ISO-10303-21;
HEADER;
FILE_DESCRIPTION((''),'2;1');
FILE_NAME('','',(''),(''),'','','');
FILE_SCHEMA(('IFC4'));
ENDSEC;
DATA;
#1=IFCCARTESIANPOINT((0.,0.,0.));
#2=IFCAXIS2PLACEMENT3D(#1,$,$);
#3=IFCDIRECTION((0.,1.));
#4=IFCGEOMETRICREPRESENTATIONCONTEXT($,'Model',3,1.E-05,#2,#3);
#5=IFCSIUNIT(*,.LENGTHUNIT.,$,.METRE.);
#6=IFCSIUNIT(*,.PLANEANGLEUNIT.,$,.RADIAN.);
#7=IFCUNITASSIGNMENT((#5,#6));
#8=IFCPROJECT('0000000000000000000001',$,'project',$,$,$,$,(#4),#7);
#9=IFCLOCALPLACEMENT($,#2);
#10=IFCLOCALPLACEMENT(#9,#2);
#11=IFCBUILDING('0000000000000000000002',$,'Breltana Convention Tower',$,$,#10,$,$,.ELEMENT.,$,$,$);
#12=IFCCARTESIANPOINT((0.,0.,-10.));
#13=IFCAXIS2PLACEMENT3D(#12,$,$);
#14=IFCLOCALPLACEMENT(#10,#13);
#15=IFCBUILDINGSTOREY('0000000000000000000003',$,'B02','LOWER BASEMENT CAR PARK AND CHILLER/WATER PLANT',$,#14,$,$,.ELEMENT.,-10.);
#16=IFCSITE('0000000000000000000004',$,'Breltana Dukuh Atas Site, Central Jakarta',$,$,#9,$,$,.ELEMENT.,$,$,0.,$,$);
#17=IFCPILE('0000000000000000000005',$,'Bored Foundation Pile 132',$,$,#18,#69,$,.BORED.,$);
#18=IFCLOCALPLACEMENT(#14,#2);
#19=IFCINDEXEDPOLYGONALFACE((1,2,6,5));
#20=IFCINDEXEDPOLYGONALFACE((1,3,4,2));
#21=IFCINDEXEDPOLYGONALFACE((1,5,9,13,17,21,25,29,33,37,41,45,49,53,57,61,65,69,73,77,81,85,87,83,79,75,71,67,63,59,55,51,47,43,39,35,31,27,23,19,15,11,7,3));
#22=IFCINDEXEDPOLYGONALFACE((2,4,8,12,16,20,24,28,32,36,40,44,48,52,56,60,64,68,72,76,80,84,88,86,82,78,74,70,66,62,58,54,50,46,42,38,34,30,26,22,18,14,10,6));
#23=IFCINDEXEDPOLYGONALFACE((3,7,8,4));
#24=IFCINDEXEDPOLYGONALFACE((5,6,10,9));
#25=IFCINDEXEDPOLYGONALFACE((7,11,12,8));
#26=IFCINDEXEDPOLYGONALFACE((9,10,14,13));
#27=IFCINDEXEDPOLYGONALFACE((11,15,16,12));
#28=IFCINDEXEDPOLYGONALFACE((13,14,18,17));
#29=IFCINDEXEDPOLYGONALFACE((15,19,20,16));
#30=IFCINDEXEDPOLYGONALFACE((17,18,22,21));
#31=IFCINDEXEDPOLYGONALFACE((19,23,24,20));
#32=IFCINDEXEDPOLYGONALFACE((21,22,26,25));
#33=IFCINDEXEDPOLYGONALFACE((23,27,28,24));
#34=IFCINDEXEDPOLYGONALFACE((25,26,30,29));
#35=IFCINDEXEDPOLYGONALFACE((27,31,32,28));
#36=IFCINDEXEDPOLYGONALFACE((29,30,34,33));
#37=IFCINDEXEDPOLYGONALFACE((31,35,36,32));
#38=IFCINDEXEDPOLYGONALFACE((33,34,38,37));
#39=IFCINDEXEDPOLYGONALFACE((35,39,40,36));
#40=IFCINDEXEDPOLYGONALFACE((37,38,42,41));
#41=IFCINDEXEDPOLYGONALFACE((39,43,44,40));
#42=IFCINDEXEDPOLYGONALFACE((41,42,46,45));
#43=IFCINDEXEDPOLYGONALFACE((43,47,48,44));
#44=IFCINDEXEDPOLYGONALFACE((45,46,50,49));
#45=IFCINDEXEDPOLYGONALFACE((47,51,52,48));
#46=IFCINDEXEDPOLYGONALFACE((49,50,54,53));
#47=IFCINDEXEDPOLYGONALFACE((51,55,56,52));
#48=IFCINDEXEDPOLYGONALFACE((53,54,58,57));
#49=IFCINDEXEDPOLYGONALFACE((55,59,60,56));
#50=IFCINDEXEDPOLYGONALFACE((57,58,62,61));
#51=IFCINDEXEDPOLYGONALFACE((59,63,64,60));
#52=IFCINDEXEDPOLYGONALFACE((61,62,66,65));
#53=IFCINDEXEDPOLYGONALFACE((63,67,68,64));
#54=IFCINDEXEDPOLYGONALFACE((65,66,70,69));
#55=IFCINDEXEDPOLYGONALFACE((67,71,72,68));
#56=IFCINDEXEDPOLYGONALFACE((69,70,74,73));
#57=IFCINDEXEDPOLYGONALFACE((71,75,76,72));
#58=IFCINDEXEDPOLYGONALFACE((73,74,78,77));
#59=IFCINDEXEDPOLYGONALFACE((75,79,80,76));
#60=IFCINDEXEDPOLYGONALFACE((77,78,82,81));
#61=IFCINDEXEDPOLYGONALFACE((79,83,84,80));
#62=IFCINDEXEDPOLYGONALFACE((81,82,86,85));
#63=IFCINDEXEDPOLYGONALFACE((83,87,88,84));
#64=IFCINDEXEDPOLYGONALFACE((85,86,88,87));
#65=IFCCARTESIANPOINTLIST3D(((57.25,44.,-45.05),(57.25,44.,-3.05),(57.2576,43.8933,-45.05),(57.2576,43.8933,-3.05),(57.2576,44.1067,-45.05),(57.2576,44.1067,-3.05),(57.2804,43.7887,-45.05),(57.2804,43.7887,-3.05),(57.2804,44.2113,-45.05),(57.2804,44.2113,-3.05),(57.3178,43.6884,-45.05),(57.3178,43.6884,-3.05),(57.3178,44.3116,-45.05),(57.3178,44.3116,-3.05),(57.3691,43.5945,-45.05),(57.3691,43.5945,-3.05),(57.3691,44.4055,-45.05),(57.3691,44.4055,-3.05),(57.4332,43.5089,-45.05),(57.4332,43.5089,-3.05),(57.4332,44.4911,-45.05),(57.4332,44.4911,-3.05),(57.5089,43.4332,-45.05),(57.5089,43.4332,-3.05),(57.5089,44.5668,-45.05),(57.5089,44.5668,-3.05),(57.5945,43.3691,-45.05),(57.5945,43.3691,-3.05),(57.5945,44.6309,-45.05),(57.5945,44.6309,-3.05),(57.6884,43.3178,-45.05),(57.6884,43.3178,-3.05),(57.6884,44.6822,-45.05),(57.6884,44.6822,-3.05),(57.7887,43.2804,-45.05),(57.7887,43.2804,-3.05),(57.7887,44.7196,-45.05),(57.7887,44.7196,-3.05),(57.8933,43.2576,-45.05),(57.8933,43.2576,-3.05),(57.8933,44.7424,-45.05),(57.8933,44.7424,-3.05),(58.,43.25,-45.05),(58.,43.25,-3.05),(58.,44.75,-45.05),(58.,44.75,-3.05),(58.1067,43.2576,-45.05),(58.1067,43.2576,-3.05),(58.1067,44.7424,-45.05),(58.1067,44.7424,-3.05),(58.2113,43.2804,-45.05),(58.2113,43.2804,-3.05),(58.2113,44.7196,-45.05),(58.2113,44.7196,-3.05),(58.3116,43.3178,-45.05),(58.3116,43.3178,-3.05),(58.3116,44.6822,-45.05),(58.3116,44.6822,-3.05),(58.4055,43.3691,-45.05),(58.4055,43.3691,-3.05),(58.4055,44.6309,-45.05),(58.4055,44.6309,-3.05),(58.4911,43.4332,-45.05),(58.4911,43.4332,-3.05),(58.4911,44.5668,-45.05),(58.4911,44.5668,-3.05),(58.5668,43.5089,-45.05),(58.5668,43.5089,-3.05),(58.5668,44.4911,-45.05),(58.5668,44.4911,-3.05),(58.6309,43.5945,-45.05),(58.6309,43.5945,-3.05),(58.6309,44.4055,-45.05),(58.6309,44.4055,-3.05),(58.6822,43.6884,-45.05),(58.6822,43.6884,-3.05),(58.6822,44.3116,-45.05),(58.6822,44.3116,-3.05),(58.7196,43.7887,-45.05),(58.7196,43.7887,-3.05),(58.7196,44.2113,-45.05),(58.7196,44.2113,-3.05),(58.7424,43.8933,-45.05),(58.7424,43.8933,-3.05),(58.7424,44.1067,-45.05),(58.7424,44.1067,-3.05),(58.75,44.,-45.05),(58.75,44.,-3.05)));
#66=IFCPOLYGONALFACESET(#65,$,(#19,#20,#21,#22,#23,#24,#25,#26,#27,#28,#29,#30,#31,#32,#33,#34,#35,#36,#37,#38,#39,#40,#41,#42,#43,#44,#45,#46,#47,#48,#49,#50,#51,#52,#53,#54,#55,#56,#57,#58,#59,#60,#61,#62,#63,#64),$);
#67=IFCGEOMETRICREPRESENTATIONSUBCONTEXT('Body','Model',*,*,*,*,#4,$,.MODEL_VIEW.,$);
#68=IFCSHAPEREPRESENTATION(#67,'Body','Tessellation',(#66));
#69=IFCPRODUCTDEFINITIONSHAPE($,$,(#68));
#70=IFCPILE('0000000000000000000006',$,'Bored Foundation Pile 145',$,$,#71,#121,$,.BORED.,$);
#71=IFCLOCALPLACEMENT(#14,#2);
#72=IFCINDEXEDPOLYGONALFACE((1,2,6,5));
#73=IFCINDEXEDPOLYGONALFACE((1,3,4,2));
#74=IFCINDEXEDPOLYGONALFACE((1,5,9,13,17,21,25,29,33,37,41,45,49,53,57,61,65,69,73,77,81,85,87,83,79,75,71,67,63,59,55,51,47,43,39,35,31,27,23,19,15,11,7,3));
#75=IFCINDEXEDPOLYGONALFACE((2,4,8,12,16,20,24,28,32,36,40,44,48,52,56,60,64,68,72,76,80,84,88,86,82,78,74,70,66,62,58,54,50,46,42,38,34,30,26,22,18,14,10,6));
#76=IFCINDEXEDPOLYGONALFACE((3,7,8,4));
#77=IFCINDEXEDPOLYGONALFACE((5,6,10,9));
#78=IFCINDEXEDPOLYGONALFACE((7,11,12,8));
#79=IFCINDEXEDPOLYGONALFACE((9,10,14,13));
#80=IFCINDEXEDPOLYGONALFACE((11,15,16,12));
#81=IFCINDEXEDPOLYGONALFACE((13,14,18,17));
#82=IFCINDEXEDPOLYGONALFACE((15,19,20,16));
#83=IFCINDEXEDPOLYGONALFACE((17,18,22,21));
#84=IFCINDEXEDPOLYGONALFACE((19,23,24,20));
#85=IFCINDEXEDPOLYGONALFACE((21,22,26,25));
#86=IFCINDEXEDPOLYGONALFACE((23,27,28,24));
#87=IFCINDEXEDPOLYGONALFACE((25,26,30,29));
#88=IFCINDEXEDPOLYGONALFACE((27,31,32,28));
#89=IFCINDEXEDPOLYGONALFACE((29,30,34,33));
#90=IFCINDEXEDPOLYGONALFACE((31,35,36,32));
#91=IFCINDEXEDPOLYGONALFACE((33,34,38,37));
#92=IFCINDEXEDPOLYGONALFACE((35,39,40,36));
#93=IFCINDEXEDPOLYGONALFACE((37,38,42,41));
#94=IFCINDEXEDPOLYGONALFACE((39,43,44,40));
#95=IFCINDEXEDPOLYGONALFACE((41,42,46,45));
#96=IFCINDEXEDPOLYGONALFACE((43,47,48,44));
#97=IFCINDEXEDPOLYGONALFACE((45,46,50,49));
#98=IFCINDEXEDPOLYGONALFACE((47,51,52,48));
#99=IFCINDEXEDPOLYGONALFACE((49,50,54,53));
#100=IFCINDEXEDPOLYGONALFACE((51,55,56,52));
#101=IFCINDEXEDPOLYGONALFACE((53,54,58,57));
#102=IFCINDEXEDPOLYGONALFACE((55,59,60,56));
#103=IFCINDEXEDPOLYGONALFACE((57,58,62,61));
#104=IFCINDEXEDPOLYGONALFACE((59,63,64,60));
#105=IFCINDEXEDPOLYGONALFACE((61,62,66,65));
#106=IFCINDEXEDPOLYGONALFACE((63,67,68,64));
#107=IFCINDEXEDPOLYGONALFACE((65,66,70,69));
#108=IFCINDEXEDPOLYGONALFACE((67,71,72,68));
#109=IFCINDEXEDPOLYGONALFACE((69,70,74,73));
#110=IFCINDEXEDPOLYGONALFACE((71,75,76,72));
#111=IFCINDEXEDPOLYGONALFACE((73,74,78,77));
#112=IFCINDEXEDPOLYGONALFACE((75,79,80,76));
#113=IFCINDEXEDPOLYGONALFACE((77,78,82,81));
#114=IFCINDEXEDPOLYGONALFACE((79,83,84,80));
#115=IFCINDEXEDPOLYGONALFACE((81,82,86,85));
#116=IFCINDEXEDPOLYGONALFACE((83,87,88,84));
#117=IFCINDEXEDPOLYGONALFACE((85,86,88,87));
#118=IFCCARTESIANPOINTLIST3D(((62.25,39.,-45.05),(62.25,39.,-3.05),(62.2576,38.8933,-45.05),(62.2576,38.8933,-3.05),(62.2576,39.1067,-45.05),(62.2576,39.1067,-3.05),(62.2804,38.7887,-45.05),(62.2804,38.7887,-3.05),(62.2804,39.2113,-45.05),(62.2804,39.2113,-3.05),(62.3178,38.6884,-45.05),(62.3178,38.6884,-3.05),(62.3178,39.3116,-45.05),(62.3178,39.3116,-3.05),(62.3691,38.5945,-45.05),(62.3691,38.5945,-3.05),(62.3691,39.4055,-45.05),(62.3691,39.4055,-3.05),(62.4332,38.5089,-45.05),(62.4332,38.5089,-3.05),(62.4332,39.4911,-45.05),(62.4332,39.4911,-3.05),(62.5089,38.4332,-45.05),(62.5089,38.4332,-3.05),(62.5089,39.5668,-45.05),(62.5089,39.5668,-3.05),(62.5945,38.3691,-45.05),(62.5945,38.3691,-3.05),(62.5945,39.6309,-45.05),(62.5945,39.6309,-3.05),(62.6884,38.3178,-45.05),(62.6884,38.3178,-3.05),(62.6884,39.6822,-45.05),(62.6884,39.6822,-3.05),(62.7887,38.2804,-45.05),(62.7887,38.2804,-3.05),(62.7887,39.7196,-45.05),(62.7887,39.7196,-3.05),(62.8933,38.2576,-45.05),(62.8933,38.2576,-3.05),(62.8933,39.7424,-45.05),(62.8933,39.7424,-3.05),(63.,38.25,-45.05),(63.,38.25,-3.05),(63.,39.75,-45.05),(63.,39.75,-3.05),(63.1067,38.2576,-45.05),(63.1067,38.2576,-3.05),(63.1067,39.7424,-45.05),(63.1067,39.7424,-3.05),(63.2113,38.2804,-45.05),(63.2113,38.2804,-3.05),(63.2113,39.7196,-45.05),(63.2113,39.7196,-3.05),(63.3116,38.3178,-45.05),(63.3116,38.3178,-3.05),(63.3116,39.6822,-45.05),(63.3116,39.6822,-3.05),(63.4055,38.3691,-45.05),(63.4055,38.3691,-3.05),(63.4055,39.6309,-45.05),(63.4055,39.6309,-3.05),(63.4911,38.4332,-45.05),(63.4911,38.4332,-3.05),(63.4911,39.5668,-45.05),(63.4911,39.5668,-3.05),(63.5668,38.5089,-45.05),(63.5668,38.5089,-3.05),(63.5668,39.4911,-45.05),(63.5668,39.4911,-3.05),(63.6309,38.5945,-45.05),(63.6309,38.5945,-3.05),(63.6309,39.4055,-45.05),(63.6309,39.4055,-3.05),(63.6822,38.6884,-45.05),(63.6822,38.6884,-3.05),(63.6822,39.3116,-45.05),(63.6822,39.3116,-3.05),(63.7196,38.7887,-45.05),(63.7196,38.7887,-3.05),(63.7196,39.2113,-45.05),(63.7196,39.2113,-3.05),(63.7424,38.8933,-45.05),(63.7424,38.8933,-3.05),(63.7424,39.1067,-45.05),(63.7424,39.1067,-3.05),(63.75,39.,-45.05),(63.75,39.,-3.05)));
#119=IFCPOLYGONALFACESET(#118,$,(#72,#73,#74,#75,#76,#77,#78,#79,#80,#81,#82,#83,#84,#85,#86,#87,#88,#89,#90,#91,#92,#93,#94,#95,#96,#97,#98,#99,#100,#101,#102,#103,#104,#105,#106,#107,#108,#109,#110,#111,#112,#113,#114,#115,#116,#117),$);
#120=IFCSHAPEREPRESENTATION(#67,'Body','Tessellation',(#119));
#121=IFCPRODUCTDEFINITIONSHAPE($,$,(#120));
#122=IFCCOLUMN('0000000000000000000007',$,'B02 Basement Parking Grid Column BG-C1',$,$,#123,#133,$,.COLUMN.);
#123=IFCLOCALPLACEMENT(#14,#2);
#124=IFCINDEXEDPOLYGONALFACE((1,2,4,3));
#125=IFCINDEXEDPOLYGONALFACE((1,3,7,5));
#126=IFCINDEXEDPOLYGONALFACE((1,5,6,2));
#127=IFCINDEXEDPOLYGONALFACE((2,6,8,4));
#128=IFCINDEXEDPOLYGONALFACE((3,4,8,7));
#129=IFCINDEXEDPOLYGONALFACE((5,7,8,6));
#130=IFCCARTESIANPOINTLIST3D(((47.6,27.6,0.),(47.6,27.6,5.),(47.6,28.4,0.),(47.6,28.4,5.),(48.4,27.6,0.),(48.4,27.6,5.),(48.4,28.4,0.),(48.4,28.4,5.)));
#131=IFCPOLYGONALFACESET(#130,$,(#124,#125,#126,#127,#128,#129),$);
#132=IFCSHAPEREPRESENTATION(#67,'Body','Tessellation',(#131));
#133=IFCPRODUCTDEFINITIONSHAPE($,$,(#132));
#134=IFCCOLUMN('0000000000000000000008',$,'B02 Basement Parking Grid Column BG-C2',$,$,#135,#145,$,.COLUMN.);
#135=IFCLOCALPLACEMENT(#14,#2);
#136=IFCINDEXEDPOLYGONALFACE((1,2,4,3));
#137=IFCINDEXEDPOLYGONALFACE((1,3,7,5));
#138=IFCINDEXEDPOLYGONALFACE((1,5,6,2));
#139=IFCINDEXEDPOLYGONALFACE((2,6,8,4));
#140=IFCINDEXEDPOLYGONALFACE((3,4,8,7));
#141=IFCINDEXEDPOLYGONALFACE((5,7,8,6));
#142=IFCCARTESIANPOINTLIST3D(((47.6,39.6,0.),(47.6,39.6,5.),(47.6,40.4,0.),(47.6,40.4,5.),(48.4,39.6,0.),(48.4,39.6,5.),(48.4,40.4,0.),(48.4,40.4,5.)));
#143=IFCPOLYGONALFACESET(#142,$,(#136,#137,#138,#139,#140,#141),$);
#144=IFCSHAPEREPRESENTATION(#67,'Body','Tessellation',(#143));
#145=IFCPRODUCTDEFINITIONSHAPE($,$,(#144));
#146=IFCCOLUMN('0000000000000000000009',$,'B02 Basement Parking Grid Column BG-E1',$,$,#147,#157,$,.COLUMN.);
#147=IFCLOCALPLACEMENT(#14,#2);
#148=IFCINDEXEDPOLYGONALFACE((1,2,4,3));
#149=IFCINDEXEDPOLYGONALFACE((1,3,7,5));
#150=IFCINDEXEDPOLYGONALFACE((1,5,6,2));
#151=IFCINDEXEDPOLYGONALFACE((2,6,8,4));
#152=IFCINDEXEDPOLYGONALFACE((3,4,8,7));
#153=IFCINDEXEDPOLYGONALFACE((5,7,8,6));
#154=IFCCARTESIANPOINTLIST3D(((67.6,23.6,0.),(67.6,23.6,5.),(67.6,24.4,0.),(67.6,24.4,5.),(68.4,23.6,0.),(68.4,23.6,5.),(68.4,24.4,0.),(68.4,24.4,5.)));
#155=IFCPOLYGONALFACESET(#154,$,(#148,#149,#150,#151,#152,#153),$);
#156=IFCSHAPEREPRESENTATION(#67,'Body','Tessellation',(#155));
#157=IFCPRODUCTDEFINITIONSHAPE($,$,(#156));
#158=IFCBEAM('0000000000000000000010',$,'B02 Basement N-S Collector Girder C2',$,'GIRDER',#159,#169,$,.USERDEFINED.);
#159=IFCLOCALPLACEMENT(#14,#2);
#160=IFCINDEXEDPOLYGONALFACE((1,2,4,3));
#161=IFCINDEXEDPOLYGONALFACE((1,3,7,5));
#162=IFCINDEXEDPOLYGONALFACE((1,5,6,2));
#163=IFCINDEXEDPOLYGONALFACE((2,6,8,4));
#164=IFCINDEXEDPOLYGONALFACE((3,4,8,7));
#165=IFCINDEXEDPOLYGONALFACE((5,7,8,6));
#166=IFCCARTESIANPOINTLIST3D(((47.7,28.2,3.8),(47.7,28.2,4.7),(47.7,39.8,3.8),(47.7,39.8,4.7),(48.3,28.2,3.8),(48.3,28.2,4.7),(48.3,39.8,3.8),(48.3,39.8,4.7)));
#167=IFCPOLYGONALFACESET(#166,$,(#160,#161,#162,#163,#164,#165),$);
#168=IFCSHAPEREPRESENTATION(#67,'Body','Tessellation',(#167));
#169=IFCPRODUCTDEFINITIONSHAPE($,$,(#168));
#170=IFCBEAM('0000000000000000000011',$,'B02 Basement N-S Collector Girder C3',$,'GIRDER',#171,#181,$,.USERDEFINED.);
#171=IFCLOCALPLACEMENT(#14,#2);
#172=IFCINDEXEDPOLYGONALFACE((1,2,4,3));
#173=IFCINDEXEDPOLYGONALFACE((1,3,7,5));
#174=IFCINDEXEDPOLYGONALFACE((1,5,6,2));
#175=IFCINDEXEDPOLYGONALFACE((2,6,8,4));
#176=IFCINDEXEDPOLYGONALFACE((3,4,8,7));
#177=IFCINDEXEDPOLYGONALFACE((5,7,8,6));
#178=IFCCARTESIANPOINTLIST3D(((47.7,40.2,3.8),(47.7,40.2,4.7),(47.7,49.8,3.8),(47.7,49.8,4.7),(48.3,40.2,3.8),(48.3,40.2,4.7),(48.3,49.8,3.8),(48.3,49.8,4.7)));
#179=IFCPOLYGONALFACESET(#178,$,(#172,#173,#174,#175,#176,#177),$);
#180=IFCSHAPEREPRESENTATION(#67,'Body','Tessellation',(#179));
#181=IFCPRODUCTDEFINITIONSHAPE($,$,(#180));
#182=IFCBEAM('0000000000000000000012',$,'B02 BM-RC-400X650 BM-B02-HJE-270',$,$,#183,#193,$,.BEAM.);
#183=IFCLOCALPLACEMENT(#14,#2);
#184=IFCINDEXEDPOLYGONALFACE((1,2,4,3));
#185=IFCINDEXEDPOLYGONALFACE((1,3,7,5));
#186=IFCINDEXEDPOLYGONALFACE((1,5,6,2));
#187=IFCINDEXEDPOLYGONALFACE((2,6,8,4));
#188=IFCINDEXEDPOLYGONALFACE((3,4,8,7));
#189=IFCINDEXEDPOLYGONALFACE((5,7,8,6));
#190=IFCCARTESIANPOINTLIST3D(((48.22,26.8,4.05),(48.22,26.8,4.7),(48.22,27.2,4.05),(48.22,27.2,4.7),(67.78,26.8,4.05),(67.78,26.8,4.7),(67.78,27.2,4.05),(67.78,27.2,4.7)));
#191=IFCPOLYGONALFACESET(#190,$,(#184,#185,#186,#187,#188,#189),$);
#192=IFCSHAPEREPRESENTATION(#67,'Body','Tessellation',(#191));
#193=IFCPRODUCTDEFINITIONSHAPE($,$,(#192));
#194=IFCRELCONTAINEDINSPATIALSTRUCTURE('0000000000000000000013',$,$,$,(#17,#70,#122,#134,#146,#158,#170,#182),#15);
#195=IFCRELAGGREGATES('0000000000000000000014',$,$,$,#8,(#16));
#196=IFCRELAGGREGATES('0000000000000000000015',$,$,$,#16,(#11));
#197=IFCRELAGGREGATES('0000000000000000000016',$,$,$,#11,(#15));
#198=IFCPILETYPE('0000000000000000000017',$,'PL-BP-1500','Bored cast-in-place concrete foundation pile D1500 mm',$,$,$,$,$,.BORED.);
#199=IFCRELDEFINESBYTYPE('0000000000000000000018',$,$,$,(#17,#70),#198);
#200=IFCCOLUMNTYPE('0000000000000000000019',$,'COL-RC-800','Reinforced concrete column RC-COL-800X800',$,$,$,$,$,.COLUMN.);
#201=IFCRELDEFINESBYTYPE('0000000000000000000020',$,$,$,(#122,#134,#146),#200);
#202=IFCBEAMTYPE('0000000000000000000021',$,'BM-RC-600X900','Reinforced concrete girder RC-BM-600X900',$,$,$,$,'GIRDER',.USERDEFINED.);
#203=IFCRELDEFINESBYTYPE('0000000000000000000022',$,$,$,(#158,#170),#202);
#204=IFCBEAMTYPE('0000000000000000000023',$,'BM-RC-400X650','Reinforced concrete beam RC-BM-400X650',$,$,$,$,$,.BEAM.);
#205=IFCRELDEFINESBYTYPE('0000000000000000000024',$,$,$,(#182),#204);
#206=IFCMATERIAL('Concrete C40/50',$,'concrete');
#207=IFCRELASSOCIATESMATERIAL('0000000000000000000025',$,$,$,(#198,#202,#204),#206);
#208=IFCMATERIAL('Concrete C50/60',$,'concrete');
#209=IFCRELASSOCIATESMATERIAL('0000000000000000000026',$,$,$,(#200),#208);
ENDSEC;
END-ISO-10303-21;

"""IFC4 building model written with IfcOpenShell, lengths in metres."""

from ifc_helpers import new_model, si_unit, direction, frame, origin, origin_2d, place, context, subcontext, project, spatial, rectangle, circle, extrude, source, transform, mapped, material, material_profile, profile_set, type_object, type_shapes, element, save


model = new_model("IFC4")

# Units and contexts
model_context = context("Model", 3, precision=1e-05, world=origin(), true_north=direction((0.0, 1.0)))
body_context = subcontext(model_context, "Body", "Model", "MODEL_VIEW")
ifc_project = project(units=[si_unit("LENGTHUNIT", "METRE"), si_unit("PLANEANGLEUNIT", "RADIAN")], contexts=[model_context])

# Site, building, storey
site_placement = place(None, origin())
site = spatial("IfcSite", under=ifc_project, at=site_placement, Name="Breltana Dukuh Atas Site, Central Jakarta", CompositionType="ELEMENT", RefElevation=0.0)
building_placement = place(site_placement, origin())
building = spatial("IfcBuilding", under=site, at=building_placement, Name="Breltana Convention Tower", CompositionType="ELEMENT")
storey_placement = place(building_placement, frame((0.0, 0.0, -10.0)))
storey = spatial("IfcBuildingStorey", under=building, at=storey_placement, Name="B02", Description="LOWER BASEMENT CAR PARK AND CHILLER/WATER PLANT", CompositionType="ELEMENT", Elevation=-10.0)

# Piles
ifc_material_1 = material(Name="Concrete C40/50", Category="concrete")
ifc_material_profile_1 = material_profile(ifc_material_1, circle(Radius=0.75, at=origin_2d()), Name="BP-D1500")
ifc_profile_set_1 = profile_set([ifc_material_profile_1], Name="Concrete C40/50")
pile_type_1 = type_object("IfcPileType", Name="PL-BP-1500", Description="Bored cast-in-place concrete foundation pile D1500 mm", PredefinedType="BORED", material=ifc_profile_set_1)
shared_shape_1 = source(origin(), body_context, "Body", "SweptSolid", [
    extrude(circle(Radius=0.75, at=origin_2d()), origin(), (0.0, 0.0, 1.0), 42.0),
])
type_shapes(pile_type_1, [shared_shape_1])
for number, where, z_axis, x_axis, name in (
    (1, (58.0, 44.0, -3.05), (0.0, 0.0, -1.0), (1.0, 0.0, 0.0), "Bored Foundation Pile 132"),
    (2, (63.0, 39.0, -3.05), (0.0, 0.0, -1.0), (1.0, 0.0, 0.0), "Bored Foundation Pile 145"),
):
    element("IfcPile", number, at=place(storey_placement, frame(where, z_axis=z_axis, x_axis=x_axis)), inside=storey, type_object=pile_type_1, Name=name, PredefinedType="BORED", context=body_context, shape_type="MappedRepresentation", body=[
        mapped(shared_shape_1, transform((0.0, 0.0, 0.0), scale=1.0)),
    ])

# Columns
ifc_material_2 = material(Name="Concrete C50/60", Category="concrete")
ifc_material_profile_2 = material_profile(ifc_material_2, rectangle(XDim=0.8, YDim=0.8, at=origin_2d()), Name="RC-COL-800X800")
ifc_profile_set_2 = profile_set([ifc_material_profile_2], Name="Concrete C50/60")
column_type = type_object("IfcColumnType", Name="COL-RC-800", Description="Reinforced concrete column RC-COL-800X800", PredefinedType="COLUMN", material=ifc_profile_set_2)
shared_shape_2 = source(origin(), body_context, "Body", "SweptSolid", [
    extrude(rectangle(XDim=0.8, YDim=0.8, at=origin_2d()), origin(), (0.0, 0.0, 1.0), 5.0),
])
type_shapes(column_type, [shared_shape_2])
for number, where, z_axis, x_axis, name in (
    (3, (48.0, 28.0, 0.0), (0.0, 0.0, 1.0), (1.0, 0.0, 0.0), "B02 Basement Parking Grid Column BG-C1"),
    (4, (48.0, 40.0, 0.0), (0.0, 0.0, 1.0), (1.0, 0.0, 0.0), "B02 Basement Parking Grid Column BG-C2"),
    (5, (68.0, 24.0, 0.0), (0.0, 0.0, 1.0), (1.0, 0.0, 0.0), "B02 Basement Parking Grid Column BG-E1"),
):
    element("IfcColumn", number, at=place(storey_placement, frame(where, z_axis=z_axis, x_axis=x_axis)), inside=storey, type_object=column_type, Name=name, PredefinedType="COLUMN", context=body_context, shape_type="MappedRepresentation", body=[
        mapped(shared_shape_2, transform((0.0, 0.0, 0.0), scale=1.0)),
    ])

# Beams
ifc_material_profile_3 = material_profile(ifc_material_1, rectangle(XDim=0.6001, YDim=0.8999, at=origin_2d()), Name="RC-BM-600X900")
ifc_profile_set_3 = profile_set([ifc_material_profile_3], Name="Concrete C40/50")
beam_type_1 = type_object("IfcBeamType", Name="BM-RC-600X900", Description="Reinforced concrete girder RC-BM-600X900", ElementType="GIRDER", PredefinedType="USERDEFINED", material=ifc_profile_set_3)
shared_shape_3 = source(origin(), body_context, "Body", "SweptSolid", [
    extrude(rectangle(XDim=0.6001, YDim=0.8999, at=origin_2d()), origin(), (0.0, 0.0, 1.0), 11.6001),
])
beam_1_placement = place(storey_placement, frame((48.0, 28.2, 4.25), z_axis=(0.0, 1.0, 0.0), x_axis=(-1.0, 0.0, 0.0)))
element("IfcBeam", 6, at=beam_1_placement, inside=storey, type_object=beam_type_1, Name="B02 Basement N-S Collector Girder C2", ObjectType="GIRDER", PredefinedType="USERDEFINED", context=body_context, shape_type="MappedRepresentation", body=[
    mapped(shared_shape_3, transform((0.0, 0.0, 0.0), scale=1.0)),
])
shared_shape_4 = source(origin(), body_context, "Body", "SweptSolid", [
    extrude(rectangle(XDim=0.6001, YDim=0.8999, at=origin_2d()), origin(), (0.0, 0.0, 1.0), 9.6001),
])
beam_2_placement = place(storey_placement, frame((48.0, 40.2, 4.25), z_axis=(0.0, 1.0, 0.0), x_axis=(-1.0, 0.0, 0.0)))
element("IfcBeam", 7, at=beam_2_placement, inside=storey, type_object=beam_type_1, Name="B02 Basement N-S Collector Girder C3", ObjectType="GIRDER", PredefinedType="USERDEFINED", context=body_context, shape_type="MappedRepresentation", body=[
    mapped(shared_shape_4, transform((0.0, 0.0, 0.0), scale=1.0)),
])
ifc_material_profile_4 = material_profile(ifc_material_1, rectangle(XDim=0.3999, YDim=0.6499, at=origin_2d()), Name="RC-BM-400X650")
ifc_profile_set_4 = profile_set([ifc_material_profile_4], Name="Concrete C40/50")
beam_type_2 = type_object("IfcBeamType", Name="BM-RC-400X650", Description="Reinforced concrete beam RC-BM-400X650", PredefinedType="BEAM", material=ifc_profile_set_4)
shared_shape_5 = source(origin(), body_context, "Body", "SweptSolid", [
    extrude(rectangle(XDim=0.3999, YDim=0.6499, at=origin_2d()), origin(), (0.0, 0.0, 1.0), 19.5601),
])
type_shapes(beam_type_2, [shared_shape_5])
for number, where, z_axis, x_axis, name in (
    (8, (48.22, 27.0, 4.375), (1.0, 0.0, 0.0), (0.0, 1.0, 0.0), "B02 BM-RC-400X650 BM-B02-HJE-270"),
):
    element("IfcBeam", number, at=place(storey_placement, frame(where, z_axis=z_axis, x_axis=x_axis)), inside=storey, type_object=beam_type_2, Name=name, PredefinedType="BEAM", context=body_context, shape_type="MappedRepresentation", body=[
        mapped(shared_shape_5, transform((0.0, 0.0, 0.0), scale=1.0)),
    ])

save(model, "model.ifc")
